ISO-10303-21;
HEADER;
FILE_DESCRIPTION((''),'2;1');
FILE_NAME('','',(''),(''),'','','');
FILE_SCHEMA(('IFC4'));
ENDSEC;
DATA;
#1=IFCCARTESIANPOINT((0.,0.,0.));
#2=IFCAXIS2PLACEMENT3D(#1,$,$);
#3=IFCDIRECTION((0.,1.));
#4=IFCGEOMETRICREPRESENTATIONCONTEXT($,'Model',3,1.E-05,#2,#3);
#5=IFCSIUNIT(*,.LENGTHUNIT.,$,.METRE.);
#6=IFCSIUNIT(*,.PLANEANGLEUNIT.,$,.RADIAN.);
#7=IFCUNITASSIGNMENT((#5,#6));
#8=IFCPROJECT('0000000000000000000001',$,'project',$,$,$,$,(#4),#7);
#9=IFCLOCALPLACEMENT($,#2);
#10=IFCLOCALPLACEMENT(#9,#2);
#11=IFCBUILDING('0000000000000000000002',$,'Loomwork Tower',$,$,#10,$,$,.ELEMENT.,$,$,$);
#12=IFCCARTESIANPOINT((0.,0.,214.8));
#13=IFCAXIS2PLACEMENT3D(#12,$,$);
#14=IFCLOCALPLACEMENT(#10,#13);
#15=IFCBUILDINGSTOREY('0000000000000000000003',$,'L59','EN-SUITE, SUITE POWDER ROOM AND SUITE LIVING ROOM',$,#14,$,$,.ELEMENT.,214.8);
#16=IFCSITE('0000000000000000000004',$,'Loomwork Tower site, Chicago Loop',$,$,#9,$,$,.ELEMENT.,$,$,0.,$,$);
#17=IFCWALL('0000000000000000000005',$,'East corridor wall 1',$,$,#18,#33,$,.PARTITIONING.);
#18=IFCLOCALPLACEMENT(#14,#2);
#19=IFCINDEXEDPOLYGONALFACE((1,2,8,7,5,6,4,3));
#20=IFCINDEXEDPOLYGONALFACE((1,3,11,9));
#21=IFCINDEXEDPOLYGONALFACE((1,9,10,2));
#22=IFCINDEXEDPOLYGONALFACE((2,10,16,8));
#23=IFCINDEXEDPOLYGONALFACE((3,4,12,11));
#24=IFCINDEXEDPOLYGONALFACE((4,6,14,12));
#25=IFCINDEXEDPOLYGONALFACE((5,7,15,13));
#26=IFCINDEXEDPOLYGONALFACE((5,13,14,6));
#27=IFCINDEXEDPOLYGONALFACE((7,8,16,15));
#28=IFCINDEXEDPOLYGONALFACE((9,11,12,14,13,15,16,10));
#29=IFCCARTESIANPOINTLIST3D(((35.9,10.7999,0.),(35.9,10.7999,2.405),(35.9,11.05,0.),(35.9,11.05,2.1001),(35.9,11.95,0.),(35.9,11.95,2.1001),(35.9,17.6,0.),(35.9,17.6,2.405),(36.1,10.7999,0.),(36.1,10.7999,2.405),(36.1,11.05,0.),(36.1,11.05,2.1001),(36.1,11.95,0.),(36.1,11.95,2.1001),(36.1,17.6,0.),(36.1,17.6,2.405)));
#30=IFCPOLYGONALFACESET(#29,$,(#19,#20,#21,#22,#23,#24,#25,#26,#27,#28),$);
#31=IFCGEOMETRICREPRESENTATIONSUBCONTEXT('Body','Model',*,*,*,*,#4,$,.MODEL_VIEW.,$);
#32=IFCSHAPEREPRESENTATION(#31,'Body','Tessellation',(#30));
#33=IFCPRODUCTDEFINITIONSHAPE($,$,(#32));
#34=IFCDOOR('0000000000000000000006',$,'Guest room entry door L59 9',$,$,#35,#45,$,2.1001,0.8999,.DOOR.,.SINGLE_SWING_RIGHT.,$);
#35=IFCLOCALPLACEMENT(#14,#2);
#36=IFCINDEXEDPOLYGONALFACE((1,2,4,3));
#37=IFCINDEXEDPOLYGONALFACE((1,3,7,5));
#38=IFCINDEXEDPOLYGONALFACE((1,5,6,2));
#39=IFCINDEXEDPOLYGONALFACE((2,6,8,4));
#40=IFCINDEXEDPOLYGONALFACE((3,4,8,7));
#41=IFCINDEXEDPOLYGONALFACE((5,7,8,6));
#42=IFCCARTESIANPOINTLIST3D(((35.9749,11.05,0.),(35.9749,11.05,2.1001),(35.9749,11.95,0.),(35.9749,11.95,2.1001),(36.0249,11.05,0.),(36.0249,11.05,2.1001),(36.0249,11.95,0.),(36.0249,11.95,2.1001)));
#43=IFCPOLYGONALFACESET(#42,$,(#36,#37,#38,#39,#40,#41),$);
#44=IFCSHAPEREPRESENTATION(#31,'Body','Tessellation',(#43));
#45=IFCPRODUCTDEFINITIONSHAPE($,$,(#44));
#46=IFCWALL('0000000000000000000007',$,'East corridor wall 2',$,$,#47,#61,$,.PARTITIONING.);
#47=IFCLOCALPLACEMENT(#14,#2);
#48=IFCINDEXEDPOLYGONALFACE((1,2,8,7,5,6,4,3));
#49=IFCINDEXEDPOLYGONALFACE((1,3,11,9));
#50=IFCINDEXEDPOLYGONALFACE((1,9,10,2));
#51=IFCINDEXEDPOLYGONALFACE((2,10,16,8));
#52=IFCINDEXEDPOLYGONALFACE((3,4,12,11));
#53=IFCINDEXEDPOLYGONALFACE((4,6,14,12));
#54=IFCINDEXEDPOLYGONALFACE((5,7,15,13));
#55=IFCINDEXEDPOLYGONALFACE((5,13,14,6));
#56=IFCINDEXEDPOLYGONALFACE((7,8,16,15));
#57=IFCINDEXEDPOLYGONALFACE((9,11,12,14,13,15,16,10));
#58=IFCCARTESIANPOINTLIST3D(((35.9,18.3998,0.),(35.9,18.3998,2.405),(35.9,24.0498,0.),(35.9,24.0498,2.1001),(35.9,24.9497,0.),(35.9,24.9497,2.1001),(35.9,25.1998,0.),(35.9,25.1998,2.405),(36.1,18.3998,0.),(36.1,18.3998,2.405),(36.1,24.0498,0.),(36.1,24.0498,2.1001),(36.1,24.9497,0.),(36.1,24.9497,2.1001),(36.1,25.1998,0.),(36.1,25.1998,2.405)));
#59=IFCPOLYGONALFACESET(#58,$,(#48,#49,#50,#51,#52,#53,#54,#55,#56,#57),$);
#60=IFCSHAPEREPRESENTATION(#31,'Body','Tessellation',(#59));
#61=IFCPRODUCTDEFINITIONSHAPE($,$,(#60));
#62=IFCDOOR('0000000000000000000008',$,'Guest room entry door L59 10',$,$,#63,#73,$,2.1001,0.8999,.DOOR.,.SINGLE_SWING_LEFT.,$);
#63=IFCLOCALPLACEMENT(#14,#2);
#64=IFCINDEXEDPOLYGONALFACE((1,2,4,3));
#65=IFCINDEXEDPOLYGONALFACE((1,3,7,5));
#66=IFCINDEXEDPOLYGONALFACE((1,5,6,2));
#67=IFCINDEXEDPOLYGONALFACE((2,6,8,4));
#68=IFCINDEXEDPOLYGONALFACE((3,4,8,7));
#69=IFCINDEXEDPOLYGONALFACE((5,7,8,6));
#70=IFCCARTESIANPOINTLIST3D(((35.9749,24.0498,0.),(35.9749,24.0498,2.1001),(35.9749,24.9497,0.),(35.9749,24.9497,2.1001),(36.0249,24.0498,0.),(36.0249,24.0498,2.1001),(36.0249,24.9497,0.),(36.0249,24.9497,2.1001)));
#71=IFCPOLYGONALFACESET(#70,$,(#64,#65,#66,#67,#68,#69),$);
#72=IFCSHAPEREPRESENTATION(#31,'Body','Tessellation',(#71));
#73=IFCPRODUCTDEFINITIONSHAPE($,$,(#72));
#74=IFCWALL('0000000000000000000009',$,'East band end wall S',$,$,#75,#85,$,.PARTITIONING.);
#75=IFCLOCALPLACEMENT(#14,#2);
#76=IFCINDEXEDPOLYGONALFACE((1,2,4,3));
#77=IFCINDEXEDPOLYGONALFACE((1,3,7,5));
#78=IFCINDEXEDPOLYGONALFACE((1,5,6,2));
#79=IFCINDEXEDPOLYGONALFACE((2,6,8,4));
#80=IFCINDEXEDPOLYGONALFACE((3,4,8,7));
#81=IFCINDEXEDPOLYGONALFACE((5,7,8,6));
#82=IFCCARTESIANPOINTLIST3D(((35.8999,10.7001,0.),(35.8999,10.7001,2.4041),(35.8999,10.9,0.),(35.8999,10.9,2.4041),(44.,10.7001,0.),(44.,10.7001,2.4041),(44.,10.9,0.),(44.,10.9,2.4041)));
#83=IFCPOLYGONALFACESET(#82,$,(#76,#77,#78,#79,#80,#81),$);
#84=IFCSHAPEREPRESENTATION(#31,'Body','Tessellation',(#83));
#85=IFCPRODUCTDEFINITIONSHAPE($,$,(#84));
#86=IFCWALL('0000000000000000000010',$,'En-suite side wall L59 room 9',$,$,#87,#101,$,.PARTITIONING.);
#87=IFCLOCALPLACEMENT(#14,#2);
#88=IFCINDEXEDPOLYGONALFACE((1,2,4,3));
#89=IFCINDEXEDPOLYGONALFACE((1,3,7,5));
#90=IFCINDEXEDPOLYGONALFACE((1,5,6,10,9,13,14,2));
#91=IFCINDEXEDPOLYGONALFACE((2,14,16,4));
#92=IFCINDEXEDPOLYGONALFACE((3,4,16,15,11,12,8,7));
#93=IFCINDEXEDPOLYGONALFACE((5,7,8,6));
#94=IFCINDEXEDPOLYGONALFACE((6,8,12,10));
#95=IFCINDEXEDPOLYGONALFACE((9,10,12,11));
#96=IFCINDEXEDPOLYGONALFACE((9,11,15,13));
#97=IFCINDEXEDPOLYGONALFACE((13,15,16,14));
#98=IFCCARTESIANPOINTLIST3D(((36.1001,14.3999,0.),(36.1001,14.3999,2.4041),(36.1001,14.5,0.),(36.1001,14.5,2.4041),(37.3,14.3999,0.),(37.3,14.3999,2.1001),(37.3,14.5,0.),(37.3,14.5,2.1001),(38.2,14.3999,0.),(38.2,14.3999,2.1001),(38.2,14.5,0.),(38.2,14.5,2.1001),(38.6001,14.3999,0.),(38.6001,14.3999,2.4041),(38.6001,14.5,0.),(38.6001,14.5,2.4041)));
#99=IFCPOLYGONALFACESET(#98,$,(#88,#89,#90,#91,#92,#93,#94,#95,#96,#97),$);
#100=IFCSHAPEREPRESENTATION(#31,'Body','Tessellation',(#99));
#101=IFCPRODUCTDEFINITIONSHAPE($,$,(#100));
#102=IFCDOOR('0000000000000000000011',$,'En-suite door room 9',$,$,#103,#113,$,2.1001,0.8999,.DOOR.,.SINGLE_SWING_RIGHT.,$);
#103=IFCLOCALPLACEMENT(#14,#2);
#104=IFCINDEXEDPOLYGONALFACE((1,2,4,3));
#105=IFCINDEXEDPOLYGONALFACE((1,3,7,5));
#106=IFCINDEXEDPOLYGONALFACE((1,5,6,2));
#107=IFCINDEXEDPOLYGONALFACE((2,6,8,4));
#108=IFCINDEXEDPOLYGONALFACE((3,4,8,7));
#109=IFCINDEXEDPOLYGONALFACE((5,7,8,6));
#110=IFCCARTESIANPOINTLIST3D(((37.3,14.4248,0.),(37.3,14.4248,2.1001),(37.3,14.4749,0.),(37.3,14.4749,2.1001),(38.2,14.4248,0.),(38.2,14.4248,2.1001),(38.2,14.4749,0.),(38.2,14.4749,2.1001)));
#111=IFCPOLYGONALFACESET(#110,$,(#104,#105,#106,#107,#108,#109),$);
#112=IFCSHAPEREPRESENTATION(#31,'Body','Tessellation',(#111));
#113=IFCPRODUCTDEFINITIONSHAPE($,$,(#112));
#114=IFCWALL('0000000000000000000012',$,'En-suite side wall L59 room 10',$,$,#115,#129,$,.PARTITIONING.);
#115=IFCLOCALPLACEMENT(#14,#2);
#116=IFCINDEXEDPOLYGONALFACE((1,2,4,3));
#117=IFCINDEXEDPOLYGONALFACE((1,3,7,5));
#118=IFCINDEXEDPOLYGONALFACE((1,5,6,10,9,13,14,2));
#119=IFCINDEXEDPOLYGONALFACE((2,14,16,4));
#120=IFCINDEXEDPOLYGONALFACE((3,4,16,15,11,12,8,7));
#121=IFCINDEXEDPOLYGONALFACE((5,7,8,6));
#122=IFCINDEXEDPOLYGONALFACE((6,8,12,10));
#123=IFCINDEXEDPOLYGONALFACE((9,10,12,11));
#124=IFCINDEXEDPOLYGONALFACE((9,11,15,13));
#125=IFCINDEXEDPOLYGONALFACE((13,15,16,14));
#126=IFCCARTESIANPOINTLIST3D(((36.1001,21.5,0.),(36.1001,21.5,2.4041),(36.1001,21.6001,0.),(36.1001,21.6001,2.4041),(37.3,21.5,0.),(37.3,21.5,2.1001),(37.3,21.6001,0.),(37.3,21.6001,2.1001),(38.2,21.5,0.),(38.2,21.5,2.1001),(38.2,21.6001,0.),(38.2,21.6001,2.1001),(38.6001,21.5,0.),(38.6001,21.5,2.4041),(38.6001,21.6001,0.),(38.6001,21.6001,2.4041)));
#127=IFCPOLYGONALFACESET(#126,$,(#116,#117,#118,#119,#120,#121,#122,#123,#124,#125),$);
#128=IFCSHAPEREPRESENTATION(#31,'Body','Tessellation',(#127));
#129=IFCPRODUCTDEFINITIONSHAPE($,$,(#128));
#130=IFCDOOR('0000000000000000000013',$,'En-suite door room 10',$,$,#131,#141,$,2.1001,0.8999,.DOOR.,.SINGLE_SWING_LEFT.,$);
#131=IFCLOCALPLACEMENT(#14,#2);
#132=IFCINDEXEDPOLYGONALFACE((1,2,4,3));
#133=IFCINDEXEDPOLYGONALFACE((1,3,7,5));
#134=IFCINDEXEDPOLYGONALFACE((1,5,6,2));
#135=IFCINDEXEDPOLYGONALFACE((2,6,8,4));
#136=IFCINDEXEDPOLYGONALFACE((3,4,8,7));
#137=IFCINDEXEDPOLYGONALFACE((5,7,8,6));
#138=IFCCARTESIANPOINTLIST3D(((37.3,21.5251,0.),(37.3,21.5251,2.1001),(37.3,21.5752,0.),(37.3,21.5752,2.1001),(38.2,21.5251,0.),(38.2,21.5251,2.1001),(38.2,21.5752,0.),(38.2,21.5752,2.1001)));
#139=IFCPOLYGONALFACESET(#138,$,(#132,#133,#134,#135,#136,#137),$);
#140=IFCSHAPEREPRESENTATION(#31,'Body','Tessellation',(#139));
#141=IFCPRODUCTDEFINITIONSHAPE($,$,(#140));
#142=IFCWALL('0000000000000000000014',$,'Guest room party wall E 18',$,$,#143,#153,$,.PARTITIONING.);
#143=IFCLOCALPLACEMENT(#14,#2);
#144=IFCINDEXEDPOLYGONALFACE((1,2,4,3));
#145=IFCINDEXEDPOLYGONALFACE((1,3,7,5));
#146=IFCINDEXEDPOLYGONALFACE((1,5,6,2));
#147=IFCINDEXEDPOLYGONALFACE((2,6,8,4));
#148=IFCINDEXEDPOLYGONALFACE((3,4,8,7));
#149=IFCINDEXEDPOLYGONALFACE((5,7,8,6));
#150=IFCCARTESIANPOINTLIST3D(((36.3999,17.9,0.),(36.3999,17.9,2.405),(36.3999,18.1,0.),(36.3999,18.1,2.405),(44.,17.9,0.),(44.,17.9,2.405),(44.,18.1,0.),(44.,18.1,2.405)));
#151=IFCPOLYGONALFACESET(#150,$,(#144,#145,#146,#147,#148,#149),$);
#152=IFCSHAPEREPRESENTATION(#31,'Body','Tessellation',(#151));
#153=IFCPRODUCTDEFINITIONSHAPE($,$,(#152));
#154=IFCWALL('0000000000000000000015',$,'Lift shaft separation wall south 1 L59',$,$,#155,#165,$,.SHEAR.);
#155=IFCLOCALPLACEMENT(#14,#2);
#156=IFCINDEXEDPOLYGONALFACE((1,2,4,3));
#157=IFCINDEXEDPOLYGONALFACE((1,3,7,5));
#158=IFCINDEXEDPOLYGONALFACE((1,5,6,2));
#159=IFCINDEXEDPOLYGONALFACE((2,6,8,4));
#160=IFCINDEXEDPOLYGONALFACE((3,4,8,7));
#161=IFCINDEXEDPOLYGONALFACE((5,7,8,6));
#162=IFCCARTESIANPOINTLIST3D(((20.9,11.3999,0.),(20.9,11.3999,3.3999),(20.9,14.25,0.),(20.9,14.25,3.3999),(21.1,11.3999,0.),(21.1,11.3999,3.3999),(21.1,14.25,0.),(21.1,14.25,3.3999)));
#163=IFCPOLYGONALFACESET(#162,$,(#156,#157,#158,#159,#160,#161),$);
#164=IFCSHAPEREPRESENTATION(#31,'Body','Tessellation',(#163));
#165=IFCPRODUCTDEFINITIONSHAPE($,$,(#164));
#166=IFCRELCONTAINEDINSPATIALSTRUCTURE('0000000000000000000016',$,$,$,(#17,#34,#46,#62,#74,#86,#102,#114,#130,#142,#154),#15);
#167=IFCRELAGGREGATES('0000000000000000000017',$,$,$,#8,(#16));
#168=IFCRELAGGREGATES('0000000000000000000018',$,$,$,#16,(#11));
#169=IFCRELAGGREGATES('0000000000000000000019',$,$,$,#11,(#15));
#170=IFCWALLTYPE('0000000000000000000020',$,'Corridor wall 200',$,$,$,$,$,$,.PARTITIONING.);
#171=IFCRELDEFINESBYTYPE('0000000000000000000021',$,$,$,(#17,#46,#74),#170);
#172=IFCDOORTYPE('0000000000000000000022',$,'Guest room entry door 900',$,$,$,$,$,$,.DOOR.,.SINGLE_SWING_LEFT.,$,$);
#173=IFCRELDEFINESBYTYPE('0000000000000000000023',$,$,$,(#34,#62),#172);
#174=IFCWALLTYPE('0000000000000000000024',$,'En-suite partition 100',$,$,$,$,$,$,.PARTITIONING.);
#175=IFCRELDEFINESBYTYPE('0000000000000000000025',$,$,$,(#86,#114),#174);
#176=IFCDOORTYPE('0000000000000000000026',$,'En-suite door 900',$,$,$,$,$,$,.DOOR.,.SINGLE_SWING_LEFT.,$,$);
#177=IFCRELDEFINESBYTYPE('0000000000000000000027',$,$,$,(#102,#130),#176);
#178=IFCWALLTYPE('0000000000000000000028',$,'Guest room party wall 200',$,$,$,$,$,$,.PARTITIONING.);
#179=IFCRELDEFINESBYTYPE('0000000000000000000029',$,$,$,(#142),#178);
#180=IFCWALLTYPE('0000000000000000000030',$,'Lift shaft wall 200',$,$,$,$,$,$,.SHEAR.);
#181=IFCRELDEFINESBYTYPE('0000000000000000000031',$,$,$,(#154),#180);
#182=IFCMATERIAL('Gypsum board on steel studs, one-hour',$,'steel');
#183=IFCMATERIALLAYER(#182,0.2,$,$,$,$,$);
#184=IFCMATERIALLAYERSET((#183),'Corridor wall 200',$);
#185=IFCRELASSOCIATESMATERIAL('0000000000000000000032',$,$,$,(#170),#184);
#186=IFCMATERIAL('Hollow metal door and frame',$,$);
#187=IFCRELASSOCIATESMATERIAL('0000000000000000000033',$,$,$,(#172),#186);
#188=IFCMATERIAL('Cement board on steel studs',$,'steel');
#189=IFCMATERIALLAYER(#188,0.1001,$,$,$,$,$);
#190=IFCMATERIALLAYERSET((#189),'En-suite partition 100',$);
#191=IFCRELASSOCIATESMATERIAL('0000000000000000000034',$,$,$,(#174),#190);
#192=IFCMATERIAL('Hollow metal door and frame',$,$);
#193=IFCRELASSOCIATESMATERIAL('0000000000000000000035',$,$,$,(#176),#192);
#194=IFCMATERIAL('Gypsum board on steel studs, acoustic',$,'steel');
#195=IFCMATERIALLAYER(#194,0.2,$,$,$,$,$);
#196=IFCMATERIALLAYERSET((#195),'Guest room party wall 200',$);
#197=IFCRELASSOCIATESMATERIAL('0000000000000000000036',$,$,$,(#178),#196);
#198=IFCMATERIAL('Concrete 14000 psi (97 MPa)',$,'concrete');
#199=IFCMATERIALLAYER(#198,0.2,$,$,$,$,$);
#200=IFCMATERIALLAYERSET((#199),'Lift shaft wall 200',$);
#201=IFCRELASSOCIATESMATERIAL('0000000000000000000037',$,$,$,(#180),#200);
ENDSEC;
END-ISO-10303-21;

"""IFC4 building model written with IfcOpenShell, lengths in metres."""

from ifc_helpers import new_model, si_unit, direction, frame, frame_2d, origin, place, context, subcontext, project, spatial, rectangle, extrude, material, layer, layer_set, type_object, element, fill, save


model = new_model("IFC4")

# Units and contexts
model_context = context("Model", 3, precision=1e-05, world=origin(), true_north=direction((0.0, 1.0)))
body_context = subcontext(model_context, "Body", "Model", "MODEL_VIEW")
ifc_project = project(units=[si_unit("LENGTHUNIT", "METRE"), si_unit("PLANEANGLEUNIT", "RADIAN")], contexts=[model_context])

# Site, building, storey
site_placement = place(None, origin())
site = spatial("IfcSite", under=ifc_project, at=site_placement, Name="Loomwork Tower site, Chicago Loop", CompositionType="ELEMENT", RefElevation=0.0)
building_placement = place(site_placement, origin())
building = spatial("IfcBuilding", under=site, at=building_placement, Name="Loomwork Tower", CompositionType="ELEMENT")
storey_placement = place(building_placement, frame((0.0, 0.0, 214.8)))
storey = spatial("IfcBuildingStorey", under=building, at=storey_placement, Name="L59", Description="EN-SUITE, SUITE POWDER ROOM AND SUITE LIVING ROOM", CompositionType="ELEMENT", Elevation=214.8)

# Walls, openings, doors
ifc_material_1 = material(Name="Gypsum board on steel studs, one-hour", Category="steel")
ifc_layer_1 = layer(ifc_material_1, 0.2)
ifc_layer_set_1 = layer_set([ifc_layer_1], Name="Corridor wall 200")
wall_type_1 = type_object("IfcWallType", Name="Corridor wall 200", PredefinedType="PARTITIONING", material=ifc_layer_set_1)
wall_1_placement = place(storey_placement, frame((36.0, 10.8, 0.0), z_axis=(0.0, 0.0, 1.0), x_axis=(0.0, 1.0, 0.0)))
wall_1 = element("IfcWall", 1, at=wall_1_placement, inside=storey, type_object=wall_type_1, Name="East corridor wall 1", PredefinedType="PARTITIONING", context=body_context, shape_type="SweptSolid", body=[
    extrude(rectangle(XDim=6.8, YDim=0.2, at=frame_2d((3.3999, 0.0))), origin(), (0.0, 0.0, 1.0), 2.405),
])
opening_1_placement = place(wall_1_placement, frame((0.25, 0.0, 0.0)))
opening_1 = element("IfcOpeningElement", 2, at=opening_1_placement, cuts=wall_1, PredefinedType="OPENING", context=body_context, shape_type="SweptSolid", body=[
    extrude(rectangle(XDim=0.8999, YDim=2.1001, at=frame_2d((0.45, 1.05))), frame((0.0, 0.1099, 0.0), z_axis=(0.0, -1.0, 0.0), x_axis=(1.0, 0.0, 0.0)), (0.0, 0.0, 1.0), 0.22),
])
ifc_material_2 = material(Name="Hollow metal door and frame")
door_type_1 = type_object("IfcDoorType", Name="Guest room entry door 900", OperationType="SINGLE_SWING_LEFT", PredefinedType="DOOR", material=ifc_material_2)
door_1_placement = place(opening_1_placement, frame((0.8999, 0.0, 0.0), z_axis=(0.0, 0.0, 1.0), x_axis=(-1.0, 0.0, 0.0)))
door_1 = element("IfcDoor", 3, at=door_1_placement, inside=storey, type_object=door_type_1, Name="Guest room entry door L59 9", OperationType="SINGLE_SWING_RIGHT", OverallHeight=2.1001, OverallWidth=0.8999, PredefinedType="DOOR", context=body_context, shape_type="SweptSolid", body=[
    extrude(rectangle(XDim=0.8999, YDim=2.1001, at=frame_2d((0.45, 1.05))), frame((0.0, 0.0249, 0.0), z_axis=(0.0, -1.0, 0.0), x_axis=(1.0, 0.0, 0.0)), (0.0, 0.0, 1.0), 0.05),
])
fill(opening_1, door_1)
wall_2_placement = place(storey_placement, frame((36.0, 18.3999, 0.0), z_axis=(0.0, 0.0, 1.0), x_axis=(0.0, 1.0, 0.0)))
wall_2 = element("IfcWall", 4, at=wall_2_placement, inside=storey, type_object=wall_type_1, Name="East corridor wall 2", PredefinedType="PARTITIONING", context=body_context, shape_type="SweptSolid", body=[
    extrude(rectangle(XDim=6.8, YDim=0.2, at=frame_2d((3.3999, 0.0))), origin(), (0.0, 0.0, 1.0), 2.405),
])
opening_2_placement = place(wall_2_placement, frame((5.6499, 0.0, 0.0)))
opening_2 = element("IfcOpeningElement", 5, at=opening_2_placement, cuts=wall_2, PredefinedType="OPENING", context=body_context, shape_type="SweptSolid", body=[
    extrude(rectangle(XDim=0.8999, YDim=2.1001, at=frame_2d((0.45, 1.05))), frame((0.0, 0.1099, 0.0), z_axis=(0.0, -1.0, 0.0), x_axis=(1.0, 0.0, 0.0)), (0.0, 0.0, 1.0), 0.22),
])
door_2_placement = place(opening_2_placement, frame((0.8999, 0.0, 0.0), z_axis=(0.0, 0.0, 1.0), x_axis=(-1.0, 0.0, 0.0)))
door_2 = element("IfcDoor", 6, at=door_2_placement, inside=storey, type_object=door_type_1, Name="Guest room entry door L59 10", OperationType="SINGLE_SWING_LEFT", OverallHeight=2.1001, OverallWidth=0.8999, PredefinedType="DOOR", context=body_context, shape_type="SweptSolid", body=[
    extrude(rectangle(XDim=0.8999, YDim=2.1001, at=frame_2d((0.45, 1.05))), frame((0.0, 0.0249, 0.0), z_axis=(0.0, -1.0, 0.0), x_axis=(1.0, 0.0, 0.0)), (0.0, 0.0, 1.0), 0.05),
])
fill(opening_2, door_2)

# Wall
wall_3_placement = place(storey_placement, frame((35.8999, 10.8, 0.0), z_axis=(0.0, 0.0, 1.0), x_axis=(1.0, 0.0, 0.0)))
element("IfcWall", 7, at=wall_3_placement, inside=storey, type_object=wall_type_1, Name="East band end wall S", PredefinedType="PARTITIONING", context=body_context, shape_type="SweptSolid", body=[
    extrude(rectangle(XDim=8.1001, YDim=0.2, at=frame_2d((4.05, 0.0))), origin(), (0.0, 0.0, 1.0), 2.4041),
])

# Walls, openings, doors
ifc_material_3 = material(Name="Cement board on steel studs", Category="steel")
ifc_layer_2 = layer(ifc_material_3, 0.1001)
ifc_layer_set_2 = layer_set([ifc_layer_2], Name="En-suite partition 100")
wall_type_2 = type_object("IfcWallType", Name="En-suite partition 100", PredefinedType="PARTITIONING", material=ifc_layer_set_2)
wall_4_placement = place(storey_placement, frame((36.1001, 14.45, 0.0), z_axis=(0.0, 0.0, 1.0), x_axis=(1.0, 0.0, 0.0)))
wall_4 = element("IfcWall", 8, at=wall_4_placement, inside=storey, type_object=wall_type_2, Name="En-suite side wall L59 room 9", PredefinedType="PARTITIONING", context=body_context, shape_type="SweptSolid", body=[
    extrude(rectangle(XDim=2.5, YDim=0.1001, at=frame_2d((1.25, 0.0))), origin(), (0.0, 0.0, 1.0), 2.4041),
])
opening_3_placement = place(wall_4_placement, frame((1.2, 0.0, 0.0)))
opening_3 = element("IfcOpeningElement", 9, at=opening_3_placement, cuts=wall_4, PredefinedType="OPENING", context=body_context, shape_type="SweptSolid", body=[
    extrude(rectangle(XDim=0.8999, YDim=2.1001, at=frame_2d((0.45, 1.05))), frame((0.0, 0.0601, 0.0), z_axis=(0.0, -1.0, 0.0), x_axis=(1.0, 0.0, 0.0)), (0.0, 0.0, 1.0), 0.1201),
])
ifc_material_4 = material(Name="Hollow metal door and frame")
door_type_2 = type_object("IfcDoorType", Name="En-suite door 900", OperationType="SINGLE_SWING_LEFT", PredefinedType="DOOR", material=ifc_material_4)
door_3_placement = place(opening_3_placement, origin())
door_3 = element("IfcDoor", 10, at=door_3_placement, inside=storey, type_object=door_type_2, Name="En-suite door room 9", OperationType="SINGLE_SWING_RIGHT", OverallHeight=2.1001, OverallWidth=0.8999, PredefinedType="DOOR", context=body_context, shape_type="SweptSolid", body=[
    extrude(rectangle(XDim=0.8999, YDim=2.1001, at=frame_2d((0.45, 1.05))), frame((0.0, 0.0249, 0.0), z_axis=(0.0, -1.0, 0.0), x_axis=(1.0, 0.0, 0.0)), (0.0, 0.0, 1.0), 0.05),
])
fill(opening_3, door_3)
wall_5_placement = place(storey_placement, frame((36.1001, 21.55, 0.0), z_axis=(0.0, 0.0, 1.0), x_axis=(1.0, 0.0, 0.0)))
wall_5 = element("IfcWall", 11, at=wall_5_placement, inside=storey, type_object=wall_type_2, Name="En-suite side wall L59 room 10", PredefinedType="PARTITIONING", context=body_context, shape_type="SweptSolid", body=[
    extrude(rectangle(XDim=2.5, YDim=0.1001, at=frame_2d((1.25, 0.0))), origin(), (0.0, 0.0, 1.0), 2.4041),
])
opening_4_placement = place(wall_5_placement, frame((1.2, 0.0, 0.0)))
opening_4 = element("IfcOpeningElement", 12, at=opening_4_placement, cuts=wall_5, PredefinedType="OPENING", context=body_context, shape_type="SweptSolid", body=[
    extrude(rectangle(XDim=0.8999, YDim=2.1001, at=frame_2d((0.45, 1.05))), frame((0.0, 0.0601, 0.0), z_axis=(0.0, -1.0, 0.0), x_axis=(1.0, 0.0, 0.0)), (0.0, 0.0, 1.0), 0.1201),
])
door_4_placement = place(opening_4_placement, frame((0.8999, 0.0, 0.0), z_axis=(0.0, 0.0, 1.0), x_axis=(-1.0, 0.0, 0.0)))
door_4 = element("IfcDoor", 13, at=door_4_placement, inside=storey, type_object=door_type_2, Name="En-suite door room 10", OperationType="SINGLE_SWING_LEFT", OverallHeight=2.1001, OverallWidth=0.8999, PredefinedType="DOOR", context=body_context, shape_type="SweptSolid", body=[
    extrude(rectangle(XDim=0.8999, YDim=2.1001, at=frame_2d((0.45, 1.05))), frame((0.0, 0.0249, 0.0), z_axis=(0.0, -1.0, 0.0), x_axis=(1.0, 0.0, 0.0)), (0.0, 0.0, 1.0), 0.05),
])
fill(opening_4, door_4)

# Walls
ifc_material_5 = material(Name="Gypsum board on steel studs, acoustic", Category="steel")
ifc_layer_3 = layer(ifc_material_5, 0.2)
ifc_layer_set_3 = layer_set([ifc_layer_3], Name="Guest room party wall 200")
wall_type_3 = type_object("IfcWallType", Name="Guest room party wall 200", PredefinedType="PARTITIONING", material=ifc_layer_set_3)
wall_6_placement = place(storey_placement, frame((36.3999, 18.0, 0.0), z_axis=(0.0, 0.0, 1.0), x_axis=(1.0, 0.0, 0.0)))
element("IfcWall", 14, at=wall_6_placement, inside=storey, type_object=wall_type_3, Name="Guest room party wall E 18", PredefinedType="PARTITIONING", context=body_context, shape_type="SweptSolid", body=[
    extrude(rectangle(XDim=7.6001, YDim=0.2, at=frame_2d((3.8, 0.0))), origin(), (0.0, 0.0, 1.0), 2.405),
])
ifc_material_6 = material(Name="Concrete 14000 psi (97 MPa)", Category="concrete")
ifc_layer_4 = layer(ifc_material_6, 0.2)
ifc_layer_set_4 = layer_set([ifc_layer_4], Name="Lift shaft wall 200")
wall_type_4 = type_object("IfcWallType", Name="Lift shaft wall 200", PredefinedType="SHEAR", material=ifc_layer_set_4)
for number, where, z_axis, x_axis, name in (
    (15, (21.0, 11.3999, 0.0), (0.0, 0.0, 1.0), (0.0, 1.0, 0.0), "Lift shaft separation wall south 1 L59"),
):
    element("IfcWall", number, at=place(storey_placement, frame(where, z_axis=z_axis, x_axis=x_axis)), inside=storey, type_object=wall_type_4, Name=name, PredefinedType="SHEAR", context=body_context, shape_type="SweptSolid", body=[
        extrude(rectangle(XDim=2.8501, YDim=0.2, at=frame_2d((1.425, 0.0))), origin(), (0.0, 0.0, 1.0), 3.3999),
    ])

save(model, "model.ifc")
